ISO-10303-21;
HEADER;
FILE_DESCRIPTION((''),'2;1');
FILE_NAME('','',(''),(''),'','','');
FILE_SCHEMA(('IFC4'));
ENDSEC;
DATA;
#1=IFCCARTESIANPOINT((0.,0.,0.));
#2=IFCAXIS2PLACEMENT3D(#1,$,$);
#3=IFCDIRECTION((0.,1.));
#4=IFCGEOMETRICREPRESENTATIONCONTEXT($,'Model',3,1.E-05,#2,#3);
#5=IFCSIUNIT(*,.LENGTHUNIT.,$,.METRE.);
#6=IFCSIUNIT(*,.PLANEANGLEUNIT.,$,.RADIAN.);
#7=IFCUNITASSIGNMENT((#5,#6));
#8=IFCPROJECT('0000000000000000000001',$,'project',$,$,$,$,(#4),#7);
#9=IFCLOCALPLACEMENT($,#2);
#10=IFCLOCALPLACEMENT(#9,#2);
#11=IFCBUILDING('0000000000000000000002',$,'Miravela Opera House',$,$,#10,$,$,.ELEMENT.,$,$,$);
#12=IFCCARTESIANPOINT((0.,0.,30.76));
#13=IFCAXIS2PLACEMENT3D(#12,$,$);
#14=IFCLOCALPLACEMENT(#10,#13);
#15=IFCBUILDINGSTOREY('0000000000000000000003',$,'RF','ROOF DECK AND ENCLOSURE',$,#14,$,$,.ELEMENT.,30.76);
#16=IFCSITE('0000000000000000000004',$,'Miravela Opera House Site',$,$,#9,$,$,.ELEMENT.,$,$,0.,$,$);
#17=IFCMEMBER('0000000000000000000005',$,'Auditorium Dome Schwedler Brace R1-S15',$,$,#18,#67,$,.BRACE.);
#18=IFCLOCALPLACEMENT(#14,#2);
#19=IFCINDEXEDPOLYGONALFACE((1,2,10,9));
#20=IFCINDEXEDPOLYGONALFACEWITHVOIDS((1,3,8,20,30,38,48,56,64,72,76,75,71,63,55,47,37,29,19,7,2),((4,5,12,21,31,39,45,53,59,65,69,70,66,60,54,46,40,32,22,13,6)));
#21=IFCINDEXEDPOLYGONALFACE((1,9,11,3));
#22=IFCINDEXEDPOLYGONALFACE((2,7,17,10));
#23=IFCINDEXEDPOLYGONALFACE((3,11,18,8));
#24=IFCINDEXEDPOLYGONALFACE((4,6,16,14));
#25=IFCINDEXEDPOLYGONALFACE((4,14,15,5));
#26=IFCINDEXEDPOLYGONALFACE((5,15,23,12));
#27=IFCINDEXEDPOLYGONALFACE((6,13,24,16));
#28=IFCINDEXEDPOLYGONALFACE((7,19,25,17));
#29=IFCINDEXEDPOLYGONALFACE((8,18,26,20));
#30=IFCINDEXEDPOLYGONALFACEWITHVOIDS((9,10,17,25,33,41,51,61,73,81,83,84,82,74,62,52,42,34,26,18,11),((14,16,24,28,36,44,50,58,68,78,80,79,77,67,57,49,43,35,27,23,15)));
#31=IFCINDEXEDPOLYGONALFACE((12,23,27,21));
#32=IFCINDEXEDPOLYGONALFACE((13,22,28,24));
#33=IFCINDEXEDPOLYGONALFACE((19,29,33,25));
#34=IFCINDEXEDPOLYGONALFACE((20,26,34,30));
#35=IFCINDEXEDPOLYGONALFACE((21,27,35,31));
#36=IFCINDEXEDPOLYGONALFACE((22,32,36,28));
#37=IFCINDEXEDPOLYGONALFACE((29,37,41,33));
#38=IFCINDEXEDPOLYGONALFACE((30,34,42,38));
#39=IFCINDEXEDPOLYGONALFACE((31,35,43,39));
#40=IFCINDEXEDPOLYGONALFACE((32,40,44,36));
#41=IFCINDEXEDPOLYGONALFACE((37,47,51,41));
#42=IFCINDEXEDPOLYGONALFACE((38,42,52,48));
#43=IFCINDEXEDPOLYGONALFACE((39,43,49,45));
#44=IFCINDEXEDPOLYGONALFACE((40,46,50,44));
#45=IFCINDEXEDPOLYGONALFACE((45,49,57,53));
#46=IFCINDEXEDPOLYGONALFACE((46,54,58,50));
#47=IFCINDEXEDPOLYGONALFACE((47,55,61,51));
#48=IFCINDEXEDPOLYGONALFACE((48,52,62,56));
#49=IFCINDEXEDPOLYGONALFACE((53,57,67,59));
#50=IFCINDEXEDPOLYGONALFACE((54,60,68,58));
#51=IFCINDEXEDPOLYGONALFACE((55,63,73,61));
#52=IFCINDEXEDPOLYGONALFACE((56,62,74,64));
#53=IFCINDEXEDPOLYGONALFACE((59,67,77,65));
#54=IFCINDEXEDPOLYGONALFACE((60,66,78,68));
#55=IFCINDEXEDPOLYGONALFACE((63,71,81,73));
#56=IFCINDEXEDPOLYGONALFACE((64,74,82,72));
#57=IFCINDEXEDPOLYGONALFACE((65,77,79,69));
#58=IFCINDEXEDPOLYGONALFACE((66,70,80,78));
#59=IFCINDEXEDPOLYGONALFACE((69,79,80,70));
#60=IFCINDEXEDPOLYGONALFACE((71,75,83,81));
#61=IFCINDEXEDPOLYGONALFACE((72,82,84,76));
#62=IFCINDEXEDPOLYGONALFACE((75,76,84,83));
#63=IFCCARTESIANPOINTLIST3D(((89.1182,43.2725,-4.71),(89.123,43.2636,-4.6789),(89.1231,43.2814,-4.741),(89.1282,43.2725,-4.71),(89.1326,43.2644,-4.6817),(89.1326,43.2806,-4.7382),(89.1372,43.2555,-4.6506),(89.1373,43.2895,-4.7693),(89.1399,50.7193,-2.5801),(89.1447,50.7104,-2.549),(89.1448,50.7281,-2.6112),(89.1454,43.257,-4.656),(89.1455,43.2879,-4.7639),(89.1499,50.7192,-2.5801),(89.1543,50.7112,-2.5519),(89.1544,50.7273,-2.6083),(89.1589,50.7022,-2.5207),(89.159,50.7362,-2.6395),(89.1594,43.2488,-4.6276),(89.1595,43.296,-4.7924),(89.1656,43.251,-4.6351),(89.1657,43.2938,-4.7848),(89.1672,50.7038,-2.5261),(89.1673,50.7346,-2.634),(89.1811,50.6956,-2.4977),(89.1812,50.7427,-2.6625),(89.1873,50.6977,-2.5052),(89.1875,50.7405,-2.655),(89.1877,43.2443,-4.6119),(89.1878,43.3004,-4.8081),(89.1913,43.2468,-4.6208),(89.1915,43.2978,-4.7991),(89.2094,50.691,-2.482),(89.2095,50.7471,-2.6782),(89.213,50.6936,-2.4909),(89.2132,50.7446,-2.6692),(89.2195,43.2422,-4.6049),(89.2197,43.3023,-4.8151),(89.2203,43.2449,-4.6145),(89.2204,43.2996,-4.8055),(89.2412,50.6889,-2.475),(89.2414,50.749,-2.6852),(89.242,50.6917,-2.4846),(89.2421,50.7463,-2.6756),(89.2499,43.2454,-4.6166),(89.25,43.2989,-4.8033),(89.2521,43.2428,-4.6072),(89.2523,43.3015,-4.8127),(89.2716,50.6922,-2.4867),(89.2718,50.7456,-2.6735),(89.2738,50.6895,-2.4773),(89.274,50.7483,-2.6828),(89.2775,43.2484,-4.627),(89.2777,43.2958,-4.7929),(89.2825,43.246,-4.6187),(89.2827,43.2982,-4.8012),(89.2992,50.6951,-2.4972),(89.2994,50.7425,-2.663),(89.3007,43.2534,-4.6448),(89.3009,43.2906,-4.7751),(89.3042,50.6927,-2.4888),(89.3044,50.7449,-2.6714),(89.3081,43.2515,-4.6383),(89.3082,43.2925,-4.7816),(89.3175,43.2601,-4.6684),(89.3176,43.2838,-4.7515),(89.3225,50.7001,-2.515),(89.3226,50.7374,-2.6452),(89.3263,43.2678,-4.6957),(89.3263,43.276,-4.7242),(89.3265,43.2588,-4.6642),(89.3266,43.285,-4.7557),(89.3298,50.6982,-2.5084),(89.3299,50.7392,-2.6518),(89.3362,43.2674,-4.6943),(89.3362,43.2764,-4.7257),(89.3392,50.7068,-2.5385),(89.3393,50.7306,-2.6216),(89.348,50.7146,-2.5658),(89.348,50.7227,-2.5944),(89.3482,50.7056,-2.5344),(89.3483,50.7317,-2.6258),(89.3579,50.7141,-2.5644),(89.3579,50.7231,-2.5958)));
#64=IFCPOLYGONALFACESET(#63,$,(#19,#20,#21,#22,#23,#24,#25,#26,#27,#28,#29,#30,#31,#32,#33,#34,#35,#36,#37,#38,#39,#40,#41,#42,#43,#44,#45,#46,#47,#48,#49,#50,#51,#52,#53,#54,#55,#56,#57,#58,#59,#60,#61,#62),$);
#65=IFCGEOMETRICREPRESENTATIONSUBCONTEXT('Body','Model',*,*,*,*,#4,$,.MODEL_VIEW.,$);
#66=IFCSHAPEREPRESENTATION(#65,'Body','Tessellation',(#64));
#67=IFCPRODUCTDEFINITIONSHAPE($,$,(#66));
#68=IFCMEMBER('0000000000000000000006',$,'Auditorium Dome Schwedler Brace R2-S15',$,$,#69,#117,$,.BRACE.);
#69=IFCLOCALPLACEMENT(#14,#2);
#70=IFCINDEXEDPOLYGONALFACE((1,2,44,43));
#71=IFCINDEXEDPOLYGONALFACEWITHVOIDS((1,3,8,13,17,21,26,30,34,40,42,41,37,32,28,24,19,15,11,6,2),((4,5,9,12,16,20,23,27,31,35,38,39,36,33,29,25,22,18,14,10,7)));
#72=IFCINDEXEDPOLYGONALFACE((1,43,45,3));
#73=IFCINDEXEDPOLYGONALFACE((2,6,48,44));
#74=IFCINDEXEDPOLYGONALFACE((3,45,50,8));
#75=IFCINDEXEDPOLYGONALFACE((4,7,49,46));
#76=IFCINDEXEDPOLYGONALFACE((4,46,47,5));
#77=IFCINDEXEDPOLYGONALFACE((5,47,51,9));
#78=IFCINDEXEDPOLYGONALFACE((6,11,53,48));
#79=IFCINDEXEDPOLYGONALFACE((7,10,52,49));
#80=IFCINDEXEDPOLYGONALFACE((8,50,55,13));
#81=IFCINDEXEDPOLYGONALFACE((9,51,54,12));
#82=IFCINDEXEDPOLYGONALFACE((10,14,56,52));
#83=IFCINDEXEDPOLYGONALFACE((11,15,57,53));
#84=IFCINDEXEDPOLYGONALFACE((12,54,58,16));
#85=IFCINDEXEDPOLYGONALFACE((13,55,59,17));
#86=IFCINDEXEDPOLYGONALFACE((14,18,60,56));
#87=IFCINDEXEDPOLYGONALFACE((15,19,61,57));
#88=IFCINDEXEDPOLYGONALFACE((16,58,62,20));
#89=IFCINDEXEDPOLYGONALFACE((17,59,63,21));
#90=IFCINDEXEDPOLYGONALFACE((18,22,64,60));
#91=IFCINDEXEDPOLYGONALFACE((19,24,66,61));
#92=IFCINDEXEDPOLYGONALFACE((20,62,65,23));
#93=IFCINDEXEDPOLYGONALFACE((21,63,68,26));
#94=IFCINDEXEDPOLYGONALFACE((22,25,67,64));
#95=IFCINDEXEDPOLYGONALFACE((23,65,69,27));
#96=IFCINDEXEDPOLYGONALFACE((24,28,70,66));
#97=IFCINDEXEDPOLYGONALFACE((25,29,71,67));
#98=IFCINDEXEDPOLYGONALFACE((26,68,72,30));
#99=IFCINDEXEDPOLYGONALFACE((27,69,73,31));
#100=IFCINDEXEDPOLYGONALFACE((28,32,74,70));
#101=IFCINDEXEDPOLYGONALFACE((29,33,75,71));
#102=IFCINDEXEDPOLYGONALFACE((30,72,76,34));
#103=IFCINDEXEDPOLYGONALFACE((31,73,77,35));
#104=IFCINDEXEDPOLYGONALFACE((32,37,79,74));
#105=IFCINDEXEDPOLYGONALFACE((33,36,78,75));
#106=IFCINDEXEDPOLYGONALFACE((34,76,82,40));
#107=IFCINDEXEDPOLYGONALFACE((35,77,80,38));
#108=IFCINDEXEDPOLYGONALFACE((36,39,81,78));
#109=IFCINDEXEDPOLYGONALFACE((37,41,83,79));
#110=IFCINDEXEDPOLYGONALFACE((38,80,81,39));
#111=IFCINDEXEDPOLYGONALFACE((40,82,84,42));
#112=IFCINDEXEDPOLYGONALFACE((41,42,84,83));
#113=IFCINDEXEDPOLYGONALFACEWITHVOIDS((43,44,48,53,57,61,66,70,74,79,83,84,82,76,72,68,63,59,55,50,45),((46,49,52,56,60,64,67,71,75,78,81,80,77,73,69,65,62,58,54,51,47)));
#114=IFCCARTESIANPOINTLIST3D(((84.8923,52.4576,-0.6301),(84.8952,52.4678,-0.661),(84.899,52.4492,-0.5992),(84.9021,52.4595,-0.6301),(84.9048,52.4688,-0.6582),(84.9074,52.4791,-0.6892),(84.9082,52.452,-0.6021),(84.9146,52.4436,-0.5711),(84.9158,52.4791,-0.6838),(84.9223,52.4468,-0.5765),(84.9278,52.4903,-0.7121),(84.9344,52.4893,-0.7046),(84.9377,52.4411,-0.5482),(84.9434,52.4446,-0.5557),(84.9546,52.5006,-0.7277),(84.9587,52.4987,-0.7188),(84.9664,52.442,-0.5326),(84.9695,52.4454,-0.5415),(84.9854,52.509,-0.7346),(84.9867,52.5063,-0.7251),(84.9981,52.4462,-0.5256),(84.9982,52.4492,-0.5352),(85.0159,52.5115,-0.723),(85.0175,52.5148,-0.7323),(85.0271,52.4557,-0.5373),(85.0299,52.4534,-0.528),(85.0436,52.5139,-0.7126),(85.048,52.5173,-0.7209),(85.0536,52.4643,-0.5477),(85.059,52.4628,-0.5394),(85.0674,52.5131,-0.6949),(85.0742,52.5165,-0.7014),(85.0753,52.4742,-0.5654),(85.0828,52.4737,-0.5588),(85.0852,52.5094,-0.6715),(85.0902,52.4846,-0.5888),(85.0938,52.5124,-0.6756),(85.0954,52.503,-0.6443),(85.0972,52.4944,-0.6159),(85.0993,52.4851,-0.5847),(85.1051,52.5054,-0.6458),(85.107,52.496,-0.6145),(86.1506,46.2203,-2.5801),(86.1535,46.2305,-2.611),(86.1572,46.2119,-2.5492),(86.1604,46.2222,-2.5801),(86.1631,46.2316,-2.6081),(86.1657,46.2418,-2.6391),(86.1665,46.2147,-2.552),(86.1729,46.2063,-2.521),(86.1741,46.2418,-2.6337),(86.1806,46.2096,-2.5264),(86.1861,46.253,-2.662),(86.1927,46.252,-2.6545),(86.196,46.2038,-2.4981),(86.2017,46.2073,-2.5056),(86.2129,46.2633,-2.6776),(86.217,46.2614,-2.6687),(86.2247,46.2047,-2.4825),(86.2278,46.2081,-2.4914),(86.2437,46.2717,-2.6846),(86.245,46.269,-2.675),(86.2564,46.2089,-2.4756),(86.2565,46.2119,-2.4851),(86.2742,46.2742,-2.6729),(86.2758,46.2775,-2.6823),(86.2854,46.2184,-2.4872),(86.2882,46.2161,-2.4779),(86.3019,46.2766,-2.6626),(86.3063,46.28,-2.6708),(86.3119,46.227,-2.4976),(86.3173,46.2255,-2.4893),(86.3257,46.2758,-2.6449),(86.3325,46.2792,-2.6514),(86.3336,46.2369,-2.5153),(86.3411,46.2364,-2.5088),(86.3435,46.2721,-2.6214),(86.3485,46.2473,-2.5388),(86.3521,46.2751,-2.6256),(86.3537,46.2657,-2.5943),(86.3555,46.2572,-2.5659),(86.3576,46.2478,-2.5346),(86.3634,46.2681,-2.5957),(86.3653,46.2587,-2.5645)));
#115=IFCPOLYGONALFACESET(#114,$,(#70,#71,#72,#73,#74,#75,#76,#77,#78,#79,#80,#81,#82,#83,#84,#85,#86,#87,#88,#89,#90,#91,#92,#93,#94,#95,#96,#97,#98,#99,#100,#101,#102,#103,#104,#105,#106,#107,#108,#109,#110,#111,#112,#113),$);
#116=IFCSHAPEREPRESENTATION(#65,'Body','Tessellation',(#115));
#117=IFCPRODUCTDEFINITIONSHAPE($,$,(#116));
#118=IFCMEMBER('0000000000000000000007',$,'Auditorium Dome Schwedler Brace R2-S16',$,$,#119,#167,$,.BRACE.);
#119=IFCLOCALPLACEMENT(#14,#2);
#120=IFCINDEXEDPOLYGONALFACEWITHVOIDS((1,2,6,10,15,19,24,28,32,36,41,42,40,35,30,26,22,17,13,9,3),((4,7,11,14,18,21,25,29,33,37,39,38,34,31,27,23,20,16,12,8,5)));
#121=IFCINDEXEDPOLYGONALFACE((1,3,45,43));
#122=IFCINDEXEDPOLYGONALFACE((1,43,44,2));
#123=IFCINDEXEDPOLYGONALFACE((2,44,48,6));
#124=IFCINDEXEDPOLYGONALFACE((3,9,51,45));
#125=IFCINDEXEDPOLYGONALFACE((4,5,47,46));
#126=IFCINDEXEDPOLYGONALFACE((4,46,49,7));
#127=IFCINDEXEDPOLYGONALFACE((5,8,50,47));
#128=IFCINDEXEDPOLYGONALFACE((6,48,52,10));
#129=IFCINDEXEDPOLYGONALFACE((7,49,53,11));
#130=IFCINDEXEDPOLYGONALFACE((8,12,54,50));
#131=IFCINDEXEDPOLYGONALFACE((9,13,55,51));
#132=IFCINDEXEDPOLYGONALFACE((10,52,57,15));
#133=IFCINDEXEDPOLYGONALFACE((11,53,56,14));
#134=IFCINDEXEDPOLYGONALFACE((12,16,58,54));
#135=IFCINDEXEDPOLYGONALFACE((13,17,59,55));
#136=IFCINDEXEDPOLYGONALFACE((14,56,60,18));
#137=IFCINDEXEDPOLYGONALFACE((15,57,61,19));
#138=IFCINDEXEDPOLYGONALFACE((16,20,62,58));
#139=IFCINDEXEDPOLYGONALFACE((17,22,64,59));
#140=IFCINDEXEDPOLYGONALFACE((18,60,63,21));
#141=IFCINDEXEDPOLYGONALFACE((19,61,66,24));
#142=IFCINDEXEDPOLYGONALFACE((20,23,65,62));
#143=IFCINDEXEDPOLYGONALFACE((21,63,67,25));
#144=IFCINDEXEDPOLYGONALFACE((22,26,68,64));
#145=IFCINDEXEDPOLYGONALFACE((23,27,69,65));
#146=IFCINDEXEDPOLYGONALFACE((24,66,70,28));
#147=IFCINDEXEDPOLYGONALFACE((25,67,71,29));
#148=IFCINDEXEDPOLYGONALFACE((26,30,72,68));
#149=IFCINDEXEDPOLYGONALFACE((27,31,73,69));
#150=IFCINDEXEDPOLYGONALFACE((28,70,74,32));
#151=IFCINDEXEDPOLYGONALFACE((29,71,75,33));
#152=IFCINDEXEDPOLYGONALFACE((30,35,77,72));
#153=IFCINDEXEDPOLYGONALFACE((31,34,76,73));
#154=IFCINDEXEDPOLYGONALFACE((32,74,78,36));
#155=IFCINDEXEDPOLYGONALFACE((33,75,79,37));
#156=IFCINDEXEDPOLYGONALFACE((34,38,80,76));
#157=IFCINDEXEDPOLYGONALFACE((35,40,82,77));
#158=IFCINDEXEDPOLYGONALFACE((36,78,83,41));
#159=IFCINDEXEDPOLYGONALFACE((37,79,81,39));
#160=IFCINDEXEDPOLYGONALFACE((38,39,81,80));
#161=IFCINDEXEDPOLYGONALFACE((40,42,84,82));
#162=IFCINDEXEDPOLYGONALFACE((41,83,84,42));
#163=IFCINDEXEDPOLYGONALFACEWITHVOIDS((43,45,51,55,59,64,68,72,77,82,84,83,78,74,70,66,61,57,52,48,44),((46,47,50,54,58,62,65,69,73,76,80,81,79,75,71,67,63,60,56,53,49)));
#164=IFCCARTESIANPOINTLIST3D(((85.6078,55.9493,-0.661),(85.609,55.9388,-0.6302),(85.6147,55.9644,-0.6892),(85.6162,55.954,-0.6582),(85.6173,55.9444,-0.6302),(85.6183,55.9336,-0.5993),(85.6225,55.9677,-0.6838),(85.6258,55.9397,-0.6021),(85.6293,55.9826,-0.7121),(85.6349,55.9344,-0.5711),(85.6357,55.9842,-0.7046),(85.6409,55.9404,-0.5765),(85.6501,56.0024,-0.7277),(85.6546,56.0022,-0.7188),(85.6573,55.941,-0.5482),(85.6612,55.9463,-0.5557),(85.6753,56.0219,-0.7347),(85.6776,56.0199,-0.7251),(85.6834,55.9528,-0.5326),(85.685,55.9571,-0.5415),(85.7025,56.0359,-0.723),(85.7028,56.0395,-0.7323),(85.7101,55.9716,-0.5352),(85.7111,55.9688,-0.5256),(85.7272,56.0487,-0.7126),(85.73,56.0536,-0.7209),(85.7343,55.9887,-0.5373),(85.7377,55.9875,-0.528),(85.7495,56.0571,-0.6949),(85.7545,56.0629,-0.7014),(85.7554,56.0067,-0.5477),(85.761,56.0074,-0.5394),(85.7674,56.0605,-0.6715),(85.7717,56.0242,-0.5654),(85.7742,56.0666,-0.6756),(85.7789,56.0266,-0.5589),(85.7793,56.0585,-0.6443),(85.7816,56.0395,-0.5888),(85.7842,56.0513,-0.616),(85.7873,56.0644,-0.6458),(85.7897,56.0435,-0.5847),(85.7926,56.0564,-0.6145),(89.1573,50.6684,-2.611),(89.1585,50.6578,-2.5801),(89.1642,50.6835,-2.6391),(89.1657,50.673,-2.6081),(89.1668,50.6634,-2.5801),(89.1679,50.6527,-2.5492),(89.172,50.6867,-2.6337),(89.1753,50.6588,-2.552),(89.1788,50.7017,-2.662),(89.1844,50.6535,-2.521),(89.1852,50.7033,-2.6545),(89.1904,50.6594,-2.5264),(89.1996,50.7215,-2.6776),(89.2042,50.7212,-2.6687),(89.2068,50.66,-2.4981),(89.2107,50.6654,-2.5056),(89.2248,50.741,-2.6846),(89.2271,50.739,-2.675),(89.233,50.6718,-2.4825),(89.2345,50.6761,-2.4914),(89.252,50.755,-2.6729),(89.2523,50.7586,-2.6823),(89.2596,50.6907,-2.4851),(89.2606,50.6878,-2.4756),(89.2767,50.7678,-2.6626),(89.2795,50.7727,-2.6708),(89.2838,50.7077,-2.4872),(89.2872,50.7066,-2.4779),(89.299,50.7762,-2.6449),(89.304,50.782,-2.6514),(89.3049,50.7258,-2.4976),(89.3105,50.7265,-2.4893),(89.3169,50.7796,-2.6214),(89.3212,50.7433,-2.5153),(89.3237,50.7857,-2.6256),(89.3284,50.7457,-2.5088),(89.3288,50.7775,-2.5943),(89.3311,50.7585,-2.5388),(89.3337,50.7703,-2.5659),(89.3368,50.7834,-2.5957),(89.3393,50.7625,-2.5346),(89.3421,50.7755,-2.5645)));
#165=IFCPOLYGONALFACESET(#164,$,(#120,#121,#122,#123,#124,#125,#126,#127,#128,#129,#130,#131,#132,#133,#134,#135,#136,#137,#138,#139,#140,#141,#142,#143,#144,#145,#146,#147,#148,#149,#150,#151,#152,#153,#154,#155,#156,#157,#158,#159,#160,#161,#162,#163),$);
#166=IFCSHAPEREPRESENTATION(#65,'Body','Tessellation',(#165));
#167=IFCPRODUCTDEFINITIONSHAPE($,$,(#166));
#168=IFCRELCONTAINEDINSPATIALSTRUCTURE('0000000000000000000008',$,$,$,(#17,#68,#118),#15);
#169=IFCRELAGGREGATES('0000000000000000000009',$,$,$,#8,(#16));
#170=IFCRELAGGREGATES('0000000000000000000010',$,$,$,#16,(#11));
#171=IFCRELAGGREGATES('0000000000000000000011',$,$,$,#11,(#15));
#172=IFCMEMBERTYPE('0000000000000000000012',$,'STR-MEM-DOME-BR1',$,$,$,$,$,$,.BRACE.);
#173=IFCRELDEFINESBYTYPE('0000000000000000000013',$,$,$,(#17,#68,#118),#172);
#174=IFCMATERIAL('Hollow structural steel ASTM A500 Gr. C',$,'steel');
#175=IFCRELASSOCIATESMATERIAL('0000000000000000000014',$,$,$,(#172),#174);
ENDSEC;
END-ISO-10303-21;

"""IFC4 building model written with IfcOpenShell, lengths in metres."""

from ifc_helpers import new_model, si_unit, direction, frame, origin, origin_2d, place, context, subcontext, project, spatial, hollow_circle, extrude, material, material_profile, profile_set, type_object, element, save


model = new_model("IFC4")

# Units and contexts
model_context = context("Model", 3, precision=1e-05, world=origin(), true_north=direction((0.0, 1.0)))
body_context = subcontext(model_context, "Body", "Model", "MODEL_VIEW")
ifc_project = project(units=[si_unit("LENGTHUNIT", "METRE"), si_unit("PLANEANGLEUNIT", "RADIAN")], contexts=[model_context])

# Site, building, storey
site_placement = place(None, origin())
site = spatial("IfcSite", under=ifc_project, at=site_placement, Name="Miravela Opera House Site", CompositionType="ELEMENT", RefElevation=0.0)
building_placement = place(site_placement, origin())
building = spatial("IfcBuilding", under=site, at=building_placement, Name="Miravela Opera House", CompositionType="ELEMENT")
storey_placement = place(building_placement, frame((0.0, 0.0, 30.76)))
storey = spatial("IfcBuildingStorey", under=building, at=storey_placement, Name="RF", Description="ROOF DECK AND ENCLOSURE", CompositionType="ELEMENT", Elevation=30.76)

# Members
ifc_material_1 = material(Name="Hollow structural steel ASTM A500 Gr. C", Category="steel")
ifc_material_profile_1 = material_profile(ifc_material_1, hollow_circle(Radius=0.1096, WallThickness=0.01, at=origin_2d()), Name="CHS219X10")
ifc_profile_set_1 = profile_set([ifc_material_profile_1])
member_type_1 = type_object("IfcMemberType", Name="STR-MEM-DOME-BR1", PredefinedType="BRACE", material=ifc_profile_set_1)
member_1_placement = place(storey_placement, frame((89.2278, 43.2722, -4.71), z_axis=(0.002805, 0.961444, 0.274986), x_axis=(-0.999996, 0.002918, 0.0)))
element("IfcMember", 1, at=member_1_placement, inside=storey, type_object=member_type_1, Name="Auditorium Dome Schwedler Brace R1-S15", PredefinedType="BRACE", context=body_context, shape_type="SweptSolid", body=[
    extrude(hollow_circle(Radius=0.1096, WallThickness=0.01, at=origin_2d()), origin(), (0.0, 0.0, 1.0), 7.7454),
])
for number, where, z_axis, x_axis, name in (
    (2, (86.2581, 46.2419, -2.5801), (-0.189075, 0.93723, 0.293004), (-0.980252, -0.197754, 0.0), "Auditorium Dome Schwedler Brace R2-S15"),
    (3, (89.2495, 50.719, -2.5801), (-0.533357, 0.793524, 0.293), (-0.829949, -0.55784, 0.0), "Auditorium Dome Schwedler Brace R2-S16"),
):
    element("IfcMember", number, at=place(storey_placement, frame(where, z_axis=z_axis, x_axis=x_axis)), inside=storey, type_object=member_type_1, Name=name, PredefinedType="BRACE", context=body_context, shape_type="SweptSolid", body=[
        extrude(hollow_circle(Radius=0.1096, WallThickness=0.01, at=origin_2d()), origin(), (0.0, 0.0, 1.0), 6.655),
    ])

save(model, "model.ifc")
